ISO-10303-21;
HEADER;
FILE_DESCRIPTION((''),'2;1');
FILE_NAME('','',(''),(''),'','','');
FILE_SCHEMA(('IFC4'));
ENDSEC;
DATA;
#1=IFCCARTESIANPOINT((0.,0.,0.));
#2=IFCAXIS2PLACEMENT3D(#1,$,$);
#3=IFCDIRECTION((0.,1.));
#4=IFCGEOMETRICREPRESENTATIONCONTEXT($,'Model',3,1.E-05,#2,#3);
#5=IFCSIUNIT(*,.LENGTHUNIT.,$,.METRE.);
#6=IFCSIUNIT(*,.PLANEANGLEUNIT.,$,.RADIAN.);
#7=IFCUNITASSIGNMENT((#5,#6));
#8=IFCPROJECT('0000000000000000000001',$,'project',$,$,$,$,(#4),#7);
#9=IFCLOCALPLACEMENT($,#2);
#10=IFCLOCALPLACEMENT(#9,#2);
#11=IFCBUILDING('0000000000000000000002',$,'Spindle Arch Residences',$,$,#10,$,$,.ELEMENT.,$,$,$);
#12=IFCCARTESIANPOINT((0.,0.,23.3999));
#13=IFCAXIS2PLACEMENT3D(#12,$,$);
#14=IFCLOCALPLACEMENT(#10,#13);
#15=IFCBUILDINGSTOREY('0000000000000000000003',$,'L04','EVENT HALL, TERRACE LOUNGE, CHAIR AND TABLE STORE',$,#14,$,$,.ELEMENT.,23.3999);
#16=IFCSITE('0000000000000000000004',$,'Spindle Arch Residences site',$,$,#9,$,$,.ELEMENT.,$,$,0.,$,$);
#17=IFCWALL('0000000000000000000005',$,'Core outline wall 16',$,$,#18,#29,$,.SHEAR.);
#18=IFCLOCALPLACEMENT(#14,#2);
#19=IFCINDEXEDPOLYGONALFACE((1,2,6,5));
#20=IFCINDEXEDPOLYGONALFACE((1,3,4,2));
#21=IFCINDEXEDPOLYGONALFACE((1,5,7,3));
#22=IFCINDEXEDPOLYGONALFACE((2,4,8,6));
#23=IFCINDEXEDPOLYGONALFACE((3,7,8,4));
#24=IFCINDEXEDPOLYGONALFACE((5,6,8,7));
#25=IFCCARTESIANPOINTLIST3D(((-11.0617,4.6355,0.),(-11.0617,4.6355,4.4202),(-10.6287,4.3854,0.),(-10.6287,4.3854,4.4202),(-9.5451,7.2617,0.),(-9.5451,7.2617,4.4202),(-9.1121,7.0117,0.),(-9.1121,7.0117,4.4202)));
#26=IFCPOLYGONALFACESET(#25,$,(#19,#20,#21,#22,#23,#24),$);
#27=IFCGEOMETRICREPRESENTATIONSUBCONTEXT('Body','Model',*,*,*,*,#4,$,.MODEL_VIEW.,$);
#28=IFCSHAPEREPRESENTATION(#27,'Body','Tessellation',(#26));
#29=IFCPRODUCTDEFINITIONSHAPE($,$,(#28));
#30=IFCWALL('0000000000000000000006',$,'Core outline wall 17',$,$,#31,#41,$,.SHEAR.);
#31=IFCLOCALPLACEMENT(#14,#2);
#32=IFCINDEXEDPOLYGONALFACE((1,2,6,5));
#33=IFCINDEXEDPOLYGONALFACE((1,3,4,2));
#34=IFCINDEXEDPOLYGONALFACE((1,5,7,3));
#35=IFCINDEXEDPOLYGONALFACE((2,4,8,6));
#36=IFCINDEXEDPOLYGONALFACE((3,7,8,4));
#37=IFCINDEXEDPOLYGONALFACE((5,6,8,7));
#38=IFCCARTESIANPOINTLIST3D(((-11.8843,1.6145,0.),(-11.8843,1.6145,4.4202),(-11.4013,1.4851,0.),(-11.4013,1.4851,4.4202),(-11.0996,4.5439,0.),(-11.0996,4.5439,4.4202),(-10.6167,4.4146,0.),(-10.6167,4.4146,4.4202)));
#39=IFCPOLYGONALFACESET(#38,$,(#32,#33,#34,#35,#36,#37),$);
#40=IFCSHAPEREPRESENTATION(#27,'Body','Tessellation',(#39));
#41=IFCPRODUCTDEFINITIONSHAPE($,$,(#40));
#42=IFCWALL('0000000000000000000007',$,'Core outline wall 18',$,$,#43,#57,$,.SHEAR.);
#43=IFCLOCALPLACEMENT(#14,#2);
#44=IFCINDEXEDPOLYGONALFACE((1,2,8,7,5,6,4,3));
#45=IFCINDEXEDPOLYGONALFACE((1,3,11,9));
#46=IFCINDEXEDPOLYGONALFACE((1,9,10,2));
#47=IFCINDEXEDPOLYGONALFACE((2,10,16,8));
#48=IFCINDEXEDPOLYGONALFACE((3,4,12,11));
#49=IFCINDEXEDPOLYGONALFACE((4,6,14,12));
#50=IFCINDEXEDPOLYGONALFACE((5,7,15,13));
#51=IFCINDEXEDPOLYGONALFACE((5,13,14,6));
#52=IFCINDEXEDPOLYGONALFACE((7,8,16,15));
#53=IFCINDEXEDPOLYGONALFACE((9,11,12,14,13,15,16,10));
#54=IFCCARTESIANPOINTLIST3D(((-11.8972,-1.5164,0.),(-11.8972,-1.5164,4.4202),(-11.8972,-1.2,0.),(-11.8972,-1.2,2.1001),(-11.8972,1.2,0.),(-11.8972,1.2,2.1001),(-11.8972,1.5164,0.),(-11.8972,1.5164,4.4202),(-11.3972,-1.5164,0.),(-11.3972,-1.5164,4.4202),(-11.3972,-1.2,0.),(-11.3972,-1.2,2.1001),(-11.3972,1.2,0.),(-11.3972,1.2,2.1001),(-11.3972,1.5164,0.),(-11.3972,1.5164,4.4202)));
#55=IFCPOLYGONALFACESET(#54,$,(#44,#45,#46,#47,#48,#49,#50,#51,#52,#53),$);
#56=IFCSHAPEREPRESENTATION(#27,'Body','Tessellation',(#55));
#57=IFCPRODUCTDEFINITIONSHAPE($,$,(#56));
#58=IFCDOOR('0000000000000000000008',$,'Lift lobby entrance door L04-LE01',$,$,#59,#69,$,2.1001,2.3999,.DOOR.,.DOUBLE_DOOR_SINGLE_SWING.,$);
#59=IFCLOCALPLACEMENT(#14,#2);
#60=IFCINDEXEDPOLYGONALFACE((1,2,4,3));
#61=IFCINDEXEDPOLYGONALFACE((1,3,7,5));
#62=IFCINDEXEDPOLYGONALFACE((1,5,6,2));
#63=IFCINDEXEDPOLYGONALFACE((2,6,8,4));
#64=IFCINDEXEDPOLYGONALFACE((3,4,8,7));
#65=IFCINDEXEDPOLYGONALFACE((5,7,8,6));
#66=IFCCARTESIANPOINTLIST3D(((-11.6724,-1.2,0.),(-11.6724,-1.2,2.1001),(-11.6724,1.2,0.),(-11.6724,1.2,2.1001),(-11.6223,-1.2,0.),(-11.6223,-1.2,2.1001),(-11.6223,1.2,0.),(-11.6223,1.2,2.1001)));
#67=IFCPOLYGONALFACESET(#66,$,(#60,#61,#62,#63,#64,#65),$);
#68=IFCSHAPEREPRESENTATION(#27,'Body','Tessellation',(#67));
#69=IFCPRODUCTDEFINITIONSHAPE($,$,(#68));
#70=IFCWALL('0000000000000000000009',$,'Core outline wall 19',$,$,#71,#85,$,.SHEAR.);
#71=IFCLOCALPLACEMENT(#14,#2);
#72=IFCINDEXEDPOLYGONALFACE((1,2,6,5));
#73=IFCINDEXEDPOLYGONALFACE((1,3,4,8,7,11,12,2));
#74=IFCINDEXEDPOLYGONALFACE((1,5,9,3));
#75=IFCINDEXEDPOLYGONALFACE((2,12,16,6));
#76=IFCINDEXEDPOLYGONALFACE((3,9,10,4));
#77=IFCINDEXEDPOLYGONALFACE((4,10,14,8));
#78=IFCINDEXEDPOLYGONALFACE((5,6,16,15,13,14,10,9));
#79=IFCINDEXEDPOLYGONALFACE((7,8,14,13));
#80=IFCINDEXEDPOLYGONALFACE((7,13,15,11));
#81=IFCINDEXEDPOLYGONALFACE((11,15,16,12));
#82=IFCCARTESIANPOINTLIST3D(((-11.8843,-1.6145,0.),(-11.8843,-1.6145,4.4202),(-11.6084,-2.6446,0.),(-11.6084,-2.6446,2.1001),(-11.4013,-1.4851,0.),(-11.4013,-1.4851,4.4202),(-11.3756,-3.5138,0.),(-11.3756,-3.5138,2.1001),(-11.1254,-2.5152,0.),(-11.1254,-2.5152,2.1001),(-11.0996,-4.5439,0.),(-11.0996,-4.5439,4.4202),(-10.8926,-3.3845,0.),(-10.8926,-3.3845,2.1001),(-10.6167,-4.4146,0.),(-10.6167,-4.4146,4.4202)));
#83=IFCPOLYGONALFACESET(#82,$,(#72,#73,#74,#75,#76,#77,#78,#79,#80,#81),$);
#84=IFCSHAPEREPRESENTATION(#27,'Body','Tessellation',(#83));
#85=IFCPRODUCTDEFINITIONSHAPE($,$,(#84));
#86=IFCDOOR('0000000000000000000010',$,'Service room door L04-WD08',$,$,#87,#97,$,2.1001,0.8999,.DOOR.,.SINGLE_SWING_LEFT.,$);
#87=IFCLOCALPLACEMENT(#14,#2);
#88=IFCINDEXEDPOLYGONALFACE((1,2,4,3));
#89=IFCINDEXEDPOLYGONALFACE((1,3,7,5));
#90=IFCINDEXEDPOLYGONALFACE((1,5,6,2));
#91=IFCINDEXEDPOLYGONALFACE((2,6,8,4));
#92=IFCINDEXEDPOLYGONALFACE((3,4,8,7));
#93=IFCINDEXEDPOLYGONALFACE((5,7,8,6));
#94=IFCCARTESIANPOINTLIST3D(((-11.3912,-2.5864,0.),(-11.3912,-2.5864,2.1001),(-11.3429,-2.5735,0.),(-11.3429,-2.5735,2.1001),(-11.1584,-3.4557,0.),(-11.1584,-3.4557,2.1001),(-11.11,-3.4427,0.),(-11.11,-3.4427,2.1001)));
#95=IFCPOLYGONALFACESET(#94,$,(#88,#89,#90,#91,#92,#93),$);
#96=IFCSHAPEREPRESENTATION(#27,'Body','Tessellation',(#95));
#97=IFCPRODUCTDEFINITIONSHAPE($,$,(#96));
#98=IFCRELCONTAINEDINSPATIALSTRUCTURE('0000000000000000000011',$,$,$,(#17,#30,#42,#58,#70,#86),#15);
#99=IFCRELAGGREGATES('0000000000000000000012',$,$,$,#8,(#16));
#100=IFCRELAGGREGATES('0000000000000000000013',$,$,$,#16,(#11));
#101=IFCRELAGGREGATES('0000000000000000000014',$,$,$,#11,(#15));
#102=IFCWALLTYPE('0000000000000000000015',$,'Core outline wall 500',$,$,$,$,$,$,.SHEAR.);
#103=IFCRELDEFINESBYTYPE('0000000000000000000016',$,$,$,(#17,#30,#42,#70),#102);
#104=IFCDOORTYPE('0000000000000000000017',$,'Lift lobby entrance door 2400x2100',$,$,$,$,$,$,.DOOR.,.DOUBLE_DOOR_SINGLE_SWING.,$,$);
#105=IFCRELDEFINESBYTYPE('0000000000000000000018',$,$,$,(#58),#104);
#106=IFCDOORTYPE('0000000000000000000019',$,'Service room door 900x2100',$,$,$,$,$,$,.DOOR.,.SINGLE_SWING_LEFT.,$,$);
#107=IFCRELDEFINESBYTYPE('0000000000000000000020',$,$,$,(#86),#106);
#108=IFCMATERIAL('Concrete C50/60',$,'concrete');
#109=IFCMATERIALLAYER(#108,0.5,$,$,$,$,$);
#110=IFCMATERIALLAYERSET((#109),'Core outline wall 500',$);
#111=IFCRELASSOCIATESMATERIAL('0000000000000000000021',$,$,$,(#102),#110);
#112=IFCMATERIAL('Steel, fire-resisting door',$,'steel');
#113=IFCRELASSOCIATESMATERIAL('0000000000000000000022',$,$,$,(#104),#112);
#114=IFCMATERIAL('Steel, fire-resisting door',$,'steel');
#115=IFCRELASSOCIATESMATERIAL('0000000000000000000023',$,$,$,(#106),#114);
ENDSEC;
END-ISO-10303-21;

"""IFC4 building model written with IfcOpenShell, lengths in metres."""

from ifc_helpers import new_model, si_unit, direction, frame, frame_2d, origin, place, context, subcontext, project, spatial, rectangle, extrude, material, layer, layer_set, type_object, element, fill, save


model = new_model("IFC4")

# Units and contexts
model_context = context("Model", 3, precision=1e-05, world=origin(), true_north=direction((0.0, 1.0)))
body_context = subcontext(model_context, "Body", "Model", "MODEL_VIEW")
ifc_project = project(units=[si_unit("LENGTHUNIT", "METRE"), si_unit("PLANEANGLEUNIT", "RADIAN")], contexts=[model_context])

# Site, building, storey
site_placement = place(None, origin())
site = spatial("IfcSite", under=ifc_project, at=site_placement, Name="Spindle Arch Residences site", CompositionType="ELEMENT", RefElevation=0.0)
building_placement = place(site_placement, origin())
building = spatial("IfcBuilding", under=site, at=building_placement, Name="Spindle Arch Residences", CompositionType="ELEMENT")
storey_placement = place(building_placement, frame((0.0, 0.0, 23.3999)))
storey = spatial("IfcBuildingStorey", under=building, at=storey_placement, Name="L04", Description="EVENT HALL, TERRACE LOUNGE, CHAIR AND TABLE STORE", CompositionType="ELEMENT", Elevation=23.3999)

# Walls
ifc_material_1 = material(Name="Concrete C50/60", Category="concrete")
ifc_layer_1 = layer(ifc_material_1, 0.5)
ifc_layer_set_1 = layer_set([ifc_layer_1], Name="Core outline wall 500")
wall_type_1 = type_object("IfcWallType", Name="Core outline wall 500", PredefinedType="SHEAR", material=ifc_layer_set_1)
for number, where, z_axis, x_axis, name in (
    (1, (-9.3286, 7.1367, 0.0), (0.0, 0.0, 1.0), (-0.500087, -0.865975, 0.0), "Core outline wall 16"),
    (2, (-10.8582, 4.4792, 0.0), (0.0, 0.0, 1.0), (-0.258735, -0.965948, 0.0), "Core outline wall 17"),
):
    element("IfcWall", number, at=place(storey_placement, frame(where, z_axis=z_axis, x_axis=x_axis)), inside=storey, type_object=wall_type_1, Name=name, PredefinedType="SHEAR", context=body_context, shape_type="SweptSolid", body=[
        extrude(rectangle(XDim=3.0327, YDim=0.5, at=frame_2d((1.5164, 0.0))), origin(), (0.0, 0.0, 1.0), 4.4202),
    ])

# Walls, openings, doors
wall_1_placement = place(storey_placement, frame((-11.6472, 1.5164, 0.0), z_axis=(0.0, 0.0, 1.0), x_axis=(0.0, -1.0, 0.0)))
wall_1 = element("IfcWall", 3, at=wall_1_placement, inside=storey, type_object=wall_type_1, Name="Core outline wall 18", PredefinedType="SHEAR", context=body_context, shape_type="SweptSolid", body=[
    extrude(rectangle(XDim=3.0327, YDim=0.5, at=frame_2d((1.5164, 0.0))), origin(), (0.0, 0.0, 1.0), 4.4202),
])
opening_1_placement = place(wall_1_placement, frame((0.3164, 0.0, 0.0)))
opening_1 = element("IfcOpeningElement", 4, at=opening_1_placement, cuts=wall_1, PredefinedType="OPENING", context=body_context, shape_type="SweptSolid", body=[
    extrude(rectangle(XDim=2.3999, YDim=2.1001, at=frame_2d((1.2, 1.05))), frame((0.0, 0.26, 0.0), z_axis=(0.0, -1.0, 0.0), x_axis=(1.0, 0.0, 0.0)), (0.0, 0.0, 1.0), 0.52),
])
ifc_material_2 = material(Name="Steel, fire-resisting door", Category="steel")
door_type_1 = type_object("IfcDoorType", Name="Lift lobby entrance door 2400x2100", OperationType="DOUBLE_DOOR_SINGLE_SWING", PredefinedType="DOOR", material=ifc_material_2)
door_1_placement = place(opening_1_placement, origin())
door_1 = element("IfcDoor", 5, at=door_1_placement, inside=storey, type_object=door_type_1, Name="Lift lobby entrance door L04-LE01", OperationType="DOUBLE_DOOR_SINGLE_SWING", OverallHeight=2.1001, OverallWidth=2.3999, PredefinedType="DOOR", context=body_context, shape_type="SweptSolid", body=[
    extrude(rectangle(XDim=2.3999, YDim=2.1001, at=frame_2d((1.2, 1.05))), frame((0.0, 0.0249, 0.0), z_axis=(0.0, -1.0, 0.0), x_axis=(1.0, 0.0, 0.0)), (0.0, 0.0, 1.0), 0.05),
])
fill(opening_1, door_1)
wall_2_placement = place(storey_placement, frame((-11.6428, -1.5498, 0.0), z_axis=(0.0, 0.0, 1.0), x_axis=(0.258735, -0.965948, 0.0)))
wall_2 = element("IfcWall", 6, at=wall_2_placement, inside=storey, type_object=wall_type_1, Name="Core outline wall 19", PredefinedType="SHEAR", context=body_context, shape_type="SweptSolid", body=[
    extrude(rectangle(XDim=3.0327, YDim=0.5, at=frame_2d((1.5164, 0.0))), origin(), (0.0, 0.0, 1.0), 4.4202),
])
opening_2_placement = place(wall_2_placement, frame((1.0664, 0.0, 0.0)))
opening_2 = element("IfcOpeningElement", 7, at=opening_2_placement, cuts=wall_2, PredefinedType="OPENING", context=body_context, shape_type="SweptSolid", body=[
    extrude(rectangle(XDim=0.8999, YDim=2.1001, at=frame_2d((0.45, 1.05))), frame((0.0, 0.26, 0.0), z_axis=(0.0, -1.0, 0.0), x_axis=(1.0, 0.0, 0.0)), (0.0, 0.0, 1.0), 0.52),
])
ifc_material_3 = material(Name="Steel, fire-resisting door", Category="steel")
door_type_2 = type_object("IfcDoorType", Name="Service room door 900x2100", OperationType="SINGLE_SWING_LEFT", PredefinedType="DOOR", material=ifc_material_3)
door_2_placement = place(opening_2_placement, origin())
door_2 = element("IfcDoor", 8, at=door_2_placement, inside=storey, type_object=door_type_2, Name="Service room door L04-WD08", OperationType="SINGLE_SWING_LEFT", OverallHeight=2.1001, OverallWidth=0.8999, PredefinedType="DOOR", context=body_context, shape_type="SweptSolid", body=[
    extrude(rectangle(XDim=0.8999, YDim=2.1001, at=frame_2d((0.45, 1.05))), frame((0.0, 0.0249, 0.0), z_axis=(0.0, -1.0, 0.0), x_axis=(1.0, 0.0, 0.0)), (0.0, 0.0, 1.0), 0.05),
])
fill(opening_2, door_2)

save(model, "model.ifc")
